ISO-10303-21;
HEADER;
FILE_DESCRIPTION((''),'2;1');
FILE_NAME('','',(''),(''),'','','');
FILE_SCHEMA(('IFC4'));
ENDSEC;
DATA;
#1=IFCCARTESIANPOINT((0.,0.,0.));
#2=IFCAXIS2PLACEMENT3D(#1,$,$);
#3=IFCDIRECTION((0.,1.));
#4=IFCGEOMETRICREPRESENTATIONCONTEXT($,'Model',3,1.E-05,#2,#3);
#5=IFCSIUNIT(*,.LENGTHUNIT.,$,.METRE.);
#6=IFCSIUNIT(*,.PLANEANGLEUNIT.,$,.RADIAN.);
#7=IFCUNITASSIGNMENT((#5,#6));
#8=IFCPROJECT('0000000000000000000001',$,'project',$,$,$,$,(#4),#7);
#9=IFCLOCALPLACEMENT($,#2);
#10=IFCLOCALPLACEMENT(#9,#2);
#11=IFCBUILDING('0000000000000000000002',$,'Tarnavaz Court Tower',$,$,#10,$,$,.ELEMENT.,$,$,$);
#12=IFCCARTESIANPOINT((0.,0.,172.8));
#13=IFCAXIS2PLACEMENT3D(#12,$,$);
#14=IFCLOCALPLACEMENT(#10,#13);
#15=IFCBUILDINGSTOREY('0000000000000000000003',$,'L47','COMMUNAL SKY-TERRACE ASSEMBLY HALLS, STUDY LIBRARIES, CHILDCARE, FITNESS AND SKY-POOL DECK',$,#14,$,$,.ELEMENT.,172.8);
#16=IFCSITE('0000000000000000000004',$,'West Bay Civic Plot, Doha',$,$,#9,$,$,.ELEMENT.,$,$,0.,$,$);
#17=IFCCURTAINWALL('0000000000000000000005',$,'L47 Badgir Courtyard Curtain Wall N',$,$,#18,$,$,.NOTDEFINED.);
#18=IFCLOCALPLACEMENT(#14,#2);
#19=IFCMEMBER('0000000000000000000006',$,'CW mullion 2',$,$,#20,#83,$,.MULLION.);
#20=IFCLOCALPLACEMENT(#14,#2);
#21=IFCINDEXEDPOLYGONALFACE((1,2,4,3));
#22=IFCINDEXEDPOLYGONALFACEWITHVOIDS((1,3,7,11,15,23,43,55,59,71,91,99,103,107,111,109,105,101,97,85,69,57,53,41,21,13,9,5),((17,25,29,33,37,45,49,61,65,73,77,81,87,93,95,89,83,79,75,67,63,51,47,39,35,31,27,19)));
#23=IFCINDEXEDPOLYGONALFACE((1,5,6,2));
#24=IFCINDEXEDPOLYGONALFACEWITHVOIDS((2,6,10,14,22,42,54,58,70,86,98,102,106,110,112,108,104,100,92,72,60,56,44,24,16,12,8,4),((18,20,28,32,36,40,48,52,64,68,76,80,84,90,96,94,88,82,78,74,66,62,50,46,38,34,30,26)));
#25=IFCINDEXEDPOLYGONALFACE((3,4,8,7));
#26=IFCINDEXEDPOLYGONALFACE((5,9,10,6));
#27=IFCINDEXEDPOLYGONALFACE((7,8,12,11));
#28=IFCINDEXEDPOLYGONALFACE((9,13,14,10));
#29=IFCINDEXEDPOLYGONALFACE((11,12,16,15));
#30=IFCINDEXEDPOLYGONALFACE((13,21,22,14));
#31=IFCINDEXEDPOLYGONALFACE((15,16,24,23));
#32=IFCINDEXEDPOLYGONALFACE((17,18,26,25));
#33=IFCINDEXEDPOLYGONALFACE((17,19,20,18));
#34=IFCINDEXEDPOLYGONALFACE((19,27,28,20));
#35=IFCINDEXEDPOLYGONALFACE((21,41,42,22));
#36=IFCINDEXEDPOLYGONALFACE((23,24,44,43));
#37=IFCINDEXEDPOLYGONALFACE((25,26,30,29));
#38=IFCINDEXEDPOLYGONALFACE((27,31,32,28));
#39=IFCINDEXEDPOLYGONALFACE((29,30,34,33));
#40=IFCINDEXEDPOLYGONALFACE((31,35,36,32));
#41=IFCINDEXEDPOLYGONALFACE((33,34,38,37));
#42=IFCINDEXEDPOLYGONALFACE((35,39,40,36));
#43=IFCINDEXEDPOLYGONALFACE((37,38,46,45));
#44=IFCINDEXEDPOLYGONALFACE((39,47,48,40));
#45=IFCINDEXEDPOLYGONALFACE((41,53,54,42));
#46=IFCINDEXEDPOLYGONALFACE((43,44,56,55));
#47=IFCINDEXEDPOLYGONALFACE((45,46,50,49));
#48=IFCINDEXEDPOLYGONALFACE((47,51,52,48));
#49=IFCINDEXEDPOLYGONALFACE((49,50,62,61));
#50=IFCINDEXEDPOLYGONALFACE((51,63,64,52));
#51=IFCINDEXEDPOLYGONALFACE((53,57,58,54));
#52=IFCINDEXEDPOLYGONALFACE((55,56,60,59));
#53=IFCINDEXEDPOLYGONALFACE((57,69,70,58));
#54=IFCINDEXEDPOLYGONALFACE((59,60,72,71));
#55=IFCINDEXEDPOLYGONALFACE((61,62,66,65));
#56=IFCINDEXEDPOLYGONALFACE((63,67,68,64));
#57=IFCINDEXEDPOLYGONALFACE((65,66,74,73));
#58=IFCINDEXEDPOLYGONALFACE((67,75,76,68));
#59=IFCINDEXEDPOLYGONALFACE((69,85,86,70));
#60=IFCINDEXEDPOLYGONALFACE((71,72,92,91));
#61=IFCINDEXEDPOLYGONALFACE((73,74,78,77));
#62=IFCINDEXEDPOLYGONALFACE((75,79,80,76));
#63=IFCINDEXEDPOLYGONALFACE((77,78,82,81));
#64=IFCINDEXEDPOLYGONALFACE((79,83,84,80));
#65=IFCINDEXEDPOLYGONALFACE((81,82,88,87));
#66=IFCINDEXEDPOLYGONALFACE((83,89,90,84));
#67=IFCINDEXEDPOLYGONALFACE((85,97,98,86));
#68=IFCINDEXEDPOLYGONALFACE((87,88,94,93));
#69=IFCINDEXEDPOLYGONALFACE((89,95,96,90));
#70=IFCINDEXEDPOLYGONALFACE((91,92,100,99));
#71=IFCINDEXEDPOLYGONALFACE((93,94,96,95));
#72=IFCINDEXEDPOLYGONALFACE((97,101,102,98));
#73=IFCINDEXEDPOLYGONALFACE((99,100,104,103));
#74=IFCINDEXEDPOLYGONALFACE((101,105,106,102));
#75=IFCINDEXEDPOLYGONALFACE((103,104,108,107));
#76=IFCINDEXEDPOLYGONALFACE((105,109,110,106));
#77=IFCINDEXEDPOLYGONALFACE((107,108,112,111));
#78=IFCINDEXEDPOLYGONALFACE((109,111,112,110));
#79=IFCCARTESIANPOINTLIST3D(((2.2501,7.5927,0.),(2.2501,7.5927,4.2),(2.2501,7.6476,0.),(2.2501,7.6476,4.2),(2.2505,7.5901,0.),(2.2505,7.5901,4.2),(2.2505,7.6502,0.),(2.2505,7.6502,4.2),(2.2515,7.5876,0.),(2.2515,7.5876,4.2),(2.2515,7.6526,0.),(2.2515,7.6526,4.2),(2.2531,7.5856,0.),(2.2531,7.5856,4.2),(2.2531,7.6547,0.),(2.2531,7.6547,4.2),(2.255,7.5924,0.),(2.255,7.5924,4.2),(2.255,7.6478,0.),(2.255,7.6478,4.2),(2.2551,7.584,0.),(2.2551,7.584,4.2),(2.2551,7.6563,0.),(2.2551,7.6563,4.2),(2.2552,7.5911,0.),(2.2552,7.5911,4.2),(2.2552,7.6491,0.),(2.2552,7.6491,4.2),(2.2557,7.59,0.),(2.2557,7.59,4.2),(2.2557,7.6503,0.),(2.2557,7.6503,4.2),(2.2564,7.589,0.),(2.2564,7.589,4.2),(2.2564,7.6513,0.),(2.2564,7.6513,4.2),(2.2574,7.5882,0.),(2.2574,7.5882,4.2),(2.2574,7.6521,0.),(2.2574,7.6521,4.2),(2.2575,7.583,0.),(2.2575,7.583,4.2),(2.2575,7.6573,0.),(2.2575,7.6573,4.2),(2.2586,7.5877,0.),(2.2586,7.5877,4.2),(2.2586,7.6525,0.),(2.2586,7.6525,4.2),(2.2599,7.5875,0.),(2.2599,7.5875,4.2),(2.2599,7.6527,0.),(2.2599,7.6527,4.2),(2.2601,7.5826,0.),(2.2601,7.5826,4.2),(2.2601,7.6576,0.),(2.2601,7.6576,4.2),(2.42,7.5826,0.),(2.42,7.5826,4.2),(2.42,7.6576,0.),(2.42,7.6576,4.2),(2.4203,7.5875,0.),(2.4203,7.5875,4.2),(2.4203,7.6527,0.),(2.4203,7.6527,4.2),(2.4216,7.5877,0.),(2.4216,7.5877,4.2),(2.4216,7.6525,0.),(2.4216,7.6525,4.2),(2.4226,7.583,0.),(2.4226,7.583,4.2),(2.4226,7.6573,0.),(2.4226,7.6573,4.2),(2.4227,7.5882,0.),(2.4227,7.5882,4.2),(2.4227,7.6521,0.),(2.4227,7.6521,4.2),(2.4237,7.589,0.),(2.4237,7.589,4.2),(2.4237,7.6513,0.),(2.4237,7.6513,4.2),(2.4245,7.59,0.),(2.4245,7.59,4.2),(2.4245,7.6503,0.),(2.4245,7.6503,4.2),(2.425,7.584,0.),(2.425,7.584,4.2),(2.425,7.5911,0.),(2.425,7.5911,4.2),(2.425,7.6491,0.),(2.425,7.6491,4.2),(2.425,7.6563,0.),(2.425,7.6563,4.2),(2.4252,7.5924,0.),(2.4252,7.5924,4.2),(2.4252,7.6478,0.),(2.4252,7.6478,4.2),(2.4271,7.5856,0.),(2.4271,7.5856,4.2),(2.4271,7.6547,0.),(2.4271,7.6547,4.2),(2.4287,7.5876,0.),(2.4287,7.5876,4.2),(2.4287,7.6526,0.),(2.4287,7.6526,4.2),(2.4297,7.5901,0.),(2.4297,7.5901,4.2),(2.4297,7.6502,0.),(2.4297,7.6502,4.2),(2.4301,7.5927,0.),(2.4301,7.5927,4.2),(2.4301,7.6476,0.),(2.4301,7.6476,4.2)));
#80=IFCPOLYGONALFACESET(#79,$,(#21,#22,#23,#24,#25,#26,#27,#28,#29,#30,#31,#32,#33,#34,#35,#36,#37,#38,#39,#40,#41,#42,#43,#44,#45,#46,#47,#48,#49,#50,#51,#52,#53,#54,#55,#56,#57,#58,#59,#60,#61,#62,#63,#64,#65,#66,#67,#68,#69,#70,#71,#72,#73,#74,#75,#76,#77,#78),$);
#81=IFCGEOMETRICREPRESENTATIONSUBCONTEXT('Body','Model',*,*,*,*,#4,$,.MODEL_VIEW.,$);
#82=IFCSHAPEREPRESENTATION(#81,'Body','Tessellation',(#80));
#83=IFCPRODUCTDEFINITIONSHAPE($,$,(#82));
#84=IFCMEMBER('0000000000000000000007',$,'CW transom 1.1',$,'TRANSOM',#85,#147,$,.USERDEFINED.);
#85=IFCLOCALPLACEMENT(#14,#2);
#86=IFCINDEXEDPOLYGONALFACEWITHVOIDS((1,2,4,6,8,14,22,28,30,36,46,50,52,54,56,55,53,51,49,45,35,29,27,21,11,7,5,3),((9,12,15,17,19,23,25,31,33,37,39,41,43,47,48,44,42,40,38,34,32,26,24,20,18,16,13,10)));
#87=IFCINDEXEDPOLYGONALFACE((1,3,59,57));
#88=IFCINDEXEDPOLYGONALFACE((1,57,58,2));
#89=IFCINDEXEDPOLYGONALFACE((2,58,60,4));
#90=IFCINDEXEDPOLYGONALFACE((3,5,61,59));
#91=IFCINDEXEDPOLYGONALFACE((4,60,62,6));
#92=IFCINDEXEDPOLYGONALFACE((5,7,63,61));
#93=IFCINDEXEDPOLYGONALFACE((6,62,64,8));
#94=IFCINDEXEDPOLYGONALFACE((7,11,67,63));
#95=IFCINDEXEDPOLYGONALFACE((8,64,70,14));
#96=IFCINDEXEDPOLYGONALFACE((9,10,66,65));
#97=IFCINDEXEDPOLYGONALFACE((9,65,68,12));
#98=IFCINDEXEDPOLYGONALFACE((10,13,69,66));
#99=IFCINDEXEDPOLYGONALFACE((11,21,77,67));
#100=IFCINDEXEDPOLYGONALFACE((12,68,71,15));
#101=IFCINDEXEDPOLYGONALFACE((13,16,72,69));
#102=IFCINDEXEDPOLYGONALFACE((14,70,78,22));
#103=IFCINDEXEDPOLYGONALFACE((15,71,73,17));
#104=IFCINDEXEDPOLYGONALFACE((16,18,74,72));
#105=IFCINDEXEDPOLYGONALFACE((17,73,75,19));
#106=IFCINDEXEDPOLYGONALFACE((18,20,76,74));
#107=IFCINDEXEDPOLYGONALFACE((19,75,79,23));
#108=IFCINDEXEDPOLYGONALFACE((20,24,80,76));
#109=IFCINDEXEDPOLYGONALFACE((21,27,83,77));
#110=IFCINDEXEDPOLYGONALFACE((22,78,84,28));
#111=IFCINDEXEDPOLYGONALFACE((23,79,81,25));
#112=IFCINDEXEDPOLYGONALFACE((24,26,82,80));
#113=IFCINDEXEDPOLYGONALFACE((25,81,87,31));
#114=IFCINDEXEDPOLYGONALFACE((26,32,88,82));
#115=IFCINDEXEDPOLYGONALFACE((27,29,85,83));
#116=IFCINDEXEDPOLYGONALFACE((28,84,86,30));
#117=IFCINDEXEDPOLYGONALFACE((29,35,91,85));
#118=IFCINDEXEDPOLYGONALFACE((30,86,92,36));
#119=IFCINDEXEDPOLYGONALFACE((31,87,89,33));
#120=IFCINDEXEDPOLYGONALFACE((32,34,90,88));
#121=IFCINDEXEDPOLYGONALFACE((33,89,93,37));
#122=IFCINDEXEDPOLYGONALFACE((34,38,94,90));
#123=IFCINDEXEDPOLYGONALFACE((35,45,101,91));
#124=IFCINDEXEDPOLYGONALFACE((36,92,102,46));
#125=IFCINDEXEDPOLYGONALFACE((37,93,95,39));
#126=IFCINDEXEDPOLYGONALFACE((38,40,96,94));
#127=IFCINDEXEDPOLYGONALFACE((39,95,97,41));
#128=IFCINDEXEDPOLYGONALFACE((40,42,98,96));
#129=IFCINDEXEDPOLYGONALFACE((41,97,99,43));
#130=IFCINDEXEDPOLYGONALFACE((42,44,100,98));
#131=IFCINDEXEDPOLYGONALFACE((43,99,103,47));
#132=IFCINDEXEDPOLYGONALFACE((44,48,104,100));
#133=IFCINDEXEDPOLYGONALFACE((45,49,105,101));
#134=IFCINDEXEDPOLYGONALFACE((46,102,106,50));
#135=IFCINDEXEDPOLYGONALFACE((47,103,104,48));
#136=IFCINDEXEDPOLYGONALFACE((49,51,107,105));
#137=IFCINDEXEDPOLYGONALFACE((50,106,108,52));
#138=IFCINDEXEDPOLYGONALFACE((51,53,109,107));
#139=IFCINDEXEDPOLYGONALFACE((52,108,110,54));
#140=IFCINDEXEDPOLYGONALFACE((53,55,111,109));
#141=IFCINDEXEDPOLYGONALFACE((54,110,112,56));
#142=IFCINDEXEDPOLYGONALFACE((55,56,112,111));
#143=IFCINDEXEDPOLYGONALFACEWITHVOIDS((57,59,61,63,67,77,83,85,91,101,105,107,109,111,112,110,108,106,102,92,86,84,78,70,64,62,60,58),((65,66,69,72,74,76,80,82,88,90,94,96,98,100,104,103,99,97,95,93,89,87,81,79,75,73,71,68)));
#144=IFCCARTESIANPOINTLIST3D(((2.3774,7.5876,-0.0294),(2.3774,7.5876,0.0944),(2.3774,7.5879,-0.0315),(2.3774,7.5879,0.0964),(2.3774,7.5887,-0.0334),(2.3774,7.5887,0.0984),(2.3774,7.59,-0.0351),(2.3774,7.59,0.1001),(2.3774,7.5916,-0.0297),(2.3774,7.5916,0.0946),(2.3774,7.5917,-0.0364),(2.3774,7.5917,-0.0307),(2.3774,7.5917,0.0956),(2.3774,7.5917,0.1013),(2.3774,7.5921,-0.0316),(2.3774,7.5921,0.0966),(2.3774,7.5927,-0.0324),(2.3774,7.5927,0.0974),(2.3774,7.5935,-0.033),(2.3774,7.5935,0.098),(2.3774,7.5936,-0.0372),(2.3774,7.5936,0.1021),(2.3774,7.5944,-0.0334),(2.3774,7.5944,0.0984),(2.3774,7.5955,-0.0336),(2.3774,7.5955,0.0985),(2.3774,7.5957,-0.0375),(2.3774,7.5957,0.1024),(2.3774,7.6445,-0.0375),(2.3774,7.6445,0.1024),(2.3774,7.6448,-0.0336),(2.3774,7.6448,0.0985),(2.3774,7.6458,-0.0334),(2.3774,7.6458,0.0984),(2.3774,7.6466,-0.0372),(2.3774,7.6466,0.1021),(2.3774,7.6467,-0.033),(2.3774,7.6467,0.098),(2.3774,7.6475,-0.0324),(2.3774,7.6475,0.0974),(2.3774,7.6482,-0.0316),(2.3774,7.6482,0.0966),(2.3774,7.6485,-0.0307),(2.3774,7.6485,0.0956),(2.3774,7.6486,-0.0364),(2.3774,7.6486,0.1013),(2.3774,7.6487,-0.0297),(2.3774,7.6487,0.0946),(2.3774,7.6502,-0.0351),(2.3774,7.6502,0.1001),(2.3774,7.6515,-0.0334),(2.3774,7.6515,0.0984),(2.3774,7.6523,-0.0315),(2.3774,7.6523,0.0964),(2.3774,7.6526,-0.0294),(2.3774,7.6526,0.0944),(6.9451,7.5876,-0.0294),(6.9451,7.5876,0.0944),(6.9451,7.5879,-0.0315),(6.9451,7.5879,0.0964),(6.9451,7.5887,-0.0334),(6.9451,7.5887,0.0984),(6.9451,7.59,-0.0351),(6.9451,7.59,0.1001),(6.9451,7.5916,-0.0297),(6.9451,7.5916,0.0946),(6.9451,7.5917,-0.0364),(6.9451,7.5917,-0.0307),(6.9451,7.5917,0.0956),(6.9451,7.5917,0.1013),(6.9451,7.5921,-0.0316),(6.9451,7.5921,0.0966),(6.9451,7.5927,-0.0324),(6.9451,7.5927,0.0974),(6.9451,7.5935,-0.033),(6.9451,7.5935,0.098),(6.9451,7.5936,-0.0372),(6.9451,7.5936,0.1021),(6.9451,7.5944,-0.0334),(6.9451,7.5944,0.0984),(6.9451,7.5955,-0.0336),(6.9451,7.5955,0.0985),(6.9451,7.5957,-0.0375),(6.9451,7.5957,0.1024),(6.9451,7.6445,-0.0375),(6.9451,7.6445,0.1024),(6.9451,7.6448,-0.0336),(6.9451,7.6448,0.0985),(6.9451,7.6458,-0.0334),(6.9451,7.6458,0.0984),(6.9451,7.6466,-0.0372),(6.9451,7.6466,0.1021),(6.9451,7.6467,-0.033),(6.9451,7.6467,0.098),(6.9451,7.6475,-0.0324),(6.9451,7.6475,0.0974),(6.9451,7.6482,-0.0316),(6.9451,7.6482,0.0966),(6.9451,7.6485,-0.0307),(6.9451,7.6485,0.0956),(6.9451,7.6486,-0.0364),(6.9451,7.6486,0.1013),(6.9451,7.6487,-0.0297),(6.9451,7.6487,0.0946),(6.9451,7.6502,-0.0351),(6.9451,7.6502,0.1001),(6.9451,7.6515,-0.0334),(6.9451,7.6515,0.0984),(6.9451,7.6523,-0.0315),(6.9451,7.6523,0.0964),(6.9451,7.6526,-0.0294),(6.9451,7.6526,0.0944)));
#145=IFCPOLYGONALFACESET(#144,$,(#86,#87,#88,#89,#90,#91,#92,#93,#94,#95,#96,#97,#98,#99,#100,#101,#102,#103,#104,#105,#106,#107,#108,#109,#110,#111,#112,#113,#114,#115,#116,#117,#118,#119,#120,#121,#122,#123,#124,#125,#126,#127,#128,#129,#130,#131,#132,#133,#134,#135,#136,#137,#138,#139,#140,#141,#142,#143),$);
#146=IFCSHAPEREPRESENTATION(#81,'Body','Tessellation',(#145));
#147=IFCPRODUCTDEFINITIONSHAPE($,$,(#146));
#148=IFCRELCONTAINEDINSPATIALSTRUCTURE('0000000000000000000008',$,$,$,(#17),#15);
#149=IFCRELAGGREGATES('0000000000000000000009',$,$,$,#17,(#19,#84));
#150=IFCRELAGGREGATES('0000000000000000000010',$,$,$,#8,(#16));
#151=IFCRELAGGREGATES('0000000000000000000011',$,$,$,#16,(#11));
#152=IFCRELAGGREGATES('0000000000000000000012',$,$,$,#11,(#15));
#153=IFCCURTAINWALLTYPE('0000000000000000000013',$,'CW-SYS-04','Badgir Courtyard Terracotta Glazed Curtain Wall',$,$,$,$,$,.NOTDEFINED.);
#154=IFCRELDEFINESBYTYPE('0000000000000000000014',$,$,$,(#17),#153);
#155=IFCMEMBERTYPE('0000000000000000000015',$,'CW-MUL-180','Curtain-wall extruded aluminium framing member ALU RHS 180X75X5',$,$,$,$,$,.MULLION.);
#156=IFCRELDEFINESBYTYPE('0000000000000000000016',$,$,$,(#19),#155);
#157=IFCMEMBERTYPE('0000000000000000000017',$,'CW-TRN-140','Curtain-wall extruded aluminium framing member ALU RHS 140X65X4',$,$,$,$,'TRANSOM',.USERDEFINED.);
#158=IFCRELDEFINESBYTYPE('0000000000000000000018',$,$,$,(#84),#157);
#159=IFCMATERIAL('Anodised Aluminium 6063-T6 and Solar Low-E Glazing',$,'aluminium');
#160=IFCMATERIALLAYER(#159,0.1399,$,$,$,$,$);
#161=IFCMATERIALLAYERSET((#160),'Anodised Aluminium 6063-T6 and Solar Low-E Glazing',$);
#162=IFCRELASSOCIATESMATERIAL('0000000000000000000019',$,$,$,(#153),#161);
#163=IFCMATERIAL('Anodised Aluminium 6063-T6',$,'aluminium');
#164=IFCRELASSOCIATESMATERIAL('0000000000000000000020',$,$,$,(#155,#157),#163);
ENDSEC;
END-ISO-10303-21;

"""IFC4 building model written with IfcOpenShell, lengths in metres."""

from ifc_helpers import new_model, si_unit, direction, frame, origin, origin_2d, place, context, subcontext, project, spatial, hollow_rectangle, extrude, material, layer, layer_set, material_profile, profile_set, type_object, element, aggregate, save


model = new_model("IFC4")

# Units and contexts
model_context = context("Model", 3, precision=1e-05, world=origin(), true_north=direction((0.0, 1.0)))
body_context = subcontext(model_context, "Body", "Model", "MODEL_VIEW")
ifc_project = project(units=[si_unit("LENGTHUNIT", "METRE"), si_unit("PLANEANGLEUNIT", "RADIAN")], contexts=[model_context])

# Site, building, storey
site_placement = place(None, origin())
site = spatial("IfcSite", under=ifc_project, at=site_placement, Name="West Bay Civic Plot, Doha", CompositionType="ELEMENT", RefElevation=0.0)
building_placement = place(site_placement, origin())
building = spatial("IfcBuilding", under=site, at=building_placement, Name="Tarnavaz Court Tower", CompositionType="ELEMENT")
storey_placement = place(building_placement, frame((0.0, 0.0, 172.8)))
storey = spatial("IfcBuildingStorey", under=building, at=storey_placement, Name="L47", Description="COMMUNAL SKY-TERRACE ASSEMBLY HALLS, STUDY LIBRARIES, CHILDCARE, FITNESS AND SKY-POOL DECK", CompositionType="ELEMENT", Elevation=172.8)

# Curtain wall, members
ifc_material_1 = material(Name="Anodised Aluminium 6063-T6 and Solar Low-E Glazing", Category="aluminium")
ifc_layer_1 = layer(ifc_material_1, 0.1399)
ifc_layer_set_1 = layer_set([ifc_layer_1], Name="Anodised Aluminium 6063-T6 and Solar Low-E Glazing")
curtain_wall_type = type_object("IfcCurtainWallType", Name="CW-SYS-04", Description="Badgir Courtyard Terracotta Glazed Curtain Wall", PredefinedType="NOTDEFINED", material=ifc_layer_set_1)
curtain_wall_placement = place(storey_placement, origin())
curtain_wall = element("IfcCurtainWall", 1, at=curtain_wall_placement, inside=storey, type_object=curtain_wall_type, Name="L47 Badgir Courtyard Curtain Wall N", PredefinedType="NOTDEFINED")
ifc_material_2 = material(Name="Anodised Aluminium 6063-T6", Category="aluminium")
ifc_material_profile_1 = material_profile(ifc_material_2, hollow_rectangle(XDim=0.075, YDim=0.1799, WallThickness=0.0049, InnerFilletRadius=0.0049, OuterFilletRadius=0.01, at=origin_2d()), Name="ALU RHS 180X75X5")
ifc_profile_set_1 = profile_set([ifc_material_profile_1], Name="Anodised Aluminium 6063-T6")
member_type_1 = type_object("IfcMemberType", Name="CW-MUL-180", Description="Curtain-wall extruded aluminium framing member ALU RHS 180X75X5", PredefinedType="MULLION", material=ifc_profile_set_1)
member_1_placement = place(storey_placement, frame((2.3401, 7.6201, 0.0), z_axis=(0.0, 0.0, 1.0), x_axis=(0.0, -1.0, 0.0)))
member_1 = element("IfcMember", 2, at=member_1_placement, type_object=member_type_1, Name="CW mullion 2", PredefinedType="MULLION", context=body_context, shape_type="SweptSolid", body=[
    extrude(hollow_rectangle(XDim=0.075, YDim=0.1799, WallThickness=0.0049, InnerFilletRadius=0.0049, OuterFilletRadius=0.01, at=origin_2d()), origin(), (0.0, 0.0, 1.0), 4.2),
])
ifc_material_profile_2 = material_profile(ifc_material_2, hollow_rectangle(XDim=0.0649, YDim=0.1399, WallThickness=0.0039, InnerFilletRadius=0.0039, OuterFilletRadius=0.0081, at=origin_2d()), Name="ALU RHS 140X65X4")
ifc_profile_set_2 = profile_set([ifc_material_profile_2], Name="Anodised Aluminium 6063-T6")
member_type_2 = type_object("IfcMemberType", Name="CW-TRN-140", Description="Curtain-wall extruded aluminium framing member ALU RHS 140X65X4", ElementType="TRANSOM", PredefinedType="USERDEFINED", material=ifc_profile_set_2)
member_2_placement = place(storey_placement, frame((6.9451, 7.6201, 0.0325), z_axis=(-1.0, 0.0, 0.0), x_axis=(0.0, -1.0, 0.0)))
member_2 = element("IfcMember", 3, at=member_2_placement, type_object=member_type_2, Name="CW transom 1.1", ObjectType="TRANSOM", PredefinedType="USERDEFINED", context=body_context, shape_type="SweptSolid", body=[
    extrude(hollow_rectangle(XDim=0.0649, YDim=0.1399, WallThickness=0.0039, InnerFilletRadius=0.0039, OuterFilletRadius=0.0081, at=origin_2d()), origin(), (0.0, 0.0, 1.0), 4.5676),
])
aggregate(curtain_wall, [member_1, member_2])

save(model, "model.ifc")
